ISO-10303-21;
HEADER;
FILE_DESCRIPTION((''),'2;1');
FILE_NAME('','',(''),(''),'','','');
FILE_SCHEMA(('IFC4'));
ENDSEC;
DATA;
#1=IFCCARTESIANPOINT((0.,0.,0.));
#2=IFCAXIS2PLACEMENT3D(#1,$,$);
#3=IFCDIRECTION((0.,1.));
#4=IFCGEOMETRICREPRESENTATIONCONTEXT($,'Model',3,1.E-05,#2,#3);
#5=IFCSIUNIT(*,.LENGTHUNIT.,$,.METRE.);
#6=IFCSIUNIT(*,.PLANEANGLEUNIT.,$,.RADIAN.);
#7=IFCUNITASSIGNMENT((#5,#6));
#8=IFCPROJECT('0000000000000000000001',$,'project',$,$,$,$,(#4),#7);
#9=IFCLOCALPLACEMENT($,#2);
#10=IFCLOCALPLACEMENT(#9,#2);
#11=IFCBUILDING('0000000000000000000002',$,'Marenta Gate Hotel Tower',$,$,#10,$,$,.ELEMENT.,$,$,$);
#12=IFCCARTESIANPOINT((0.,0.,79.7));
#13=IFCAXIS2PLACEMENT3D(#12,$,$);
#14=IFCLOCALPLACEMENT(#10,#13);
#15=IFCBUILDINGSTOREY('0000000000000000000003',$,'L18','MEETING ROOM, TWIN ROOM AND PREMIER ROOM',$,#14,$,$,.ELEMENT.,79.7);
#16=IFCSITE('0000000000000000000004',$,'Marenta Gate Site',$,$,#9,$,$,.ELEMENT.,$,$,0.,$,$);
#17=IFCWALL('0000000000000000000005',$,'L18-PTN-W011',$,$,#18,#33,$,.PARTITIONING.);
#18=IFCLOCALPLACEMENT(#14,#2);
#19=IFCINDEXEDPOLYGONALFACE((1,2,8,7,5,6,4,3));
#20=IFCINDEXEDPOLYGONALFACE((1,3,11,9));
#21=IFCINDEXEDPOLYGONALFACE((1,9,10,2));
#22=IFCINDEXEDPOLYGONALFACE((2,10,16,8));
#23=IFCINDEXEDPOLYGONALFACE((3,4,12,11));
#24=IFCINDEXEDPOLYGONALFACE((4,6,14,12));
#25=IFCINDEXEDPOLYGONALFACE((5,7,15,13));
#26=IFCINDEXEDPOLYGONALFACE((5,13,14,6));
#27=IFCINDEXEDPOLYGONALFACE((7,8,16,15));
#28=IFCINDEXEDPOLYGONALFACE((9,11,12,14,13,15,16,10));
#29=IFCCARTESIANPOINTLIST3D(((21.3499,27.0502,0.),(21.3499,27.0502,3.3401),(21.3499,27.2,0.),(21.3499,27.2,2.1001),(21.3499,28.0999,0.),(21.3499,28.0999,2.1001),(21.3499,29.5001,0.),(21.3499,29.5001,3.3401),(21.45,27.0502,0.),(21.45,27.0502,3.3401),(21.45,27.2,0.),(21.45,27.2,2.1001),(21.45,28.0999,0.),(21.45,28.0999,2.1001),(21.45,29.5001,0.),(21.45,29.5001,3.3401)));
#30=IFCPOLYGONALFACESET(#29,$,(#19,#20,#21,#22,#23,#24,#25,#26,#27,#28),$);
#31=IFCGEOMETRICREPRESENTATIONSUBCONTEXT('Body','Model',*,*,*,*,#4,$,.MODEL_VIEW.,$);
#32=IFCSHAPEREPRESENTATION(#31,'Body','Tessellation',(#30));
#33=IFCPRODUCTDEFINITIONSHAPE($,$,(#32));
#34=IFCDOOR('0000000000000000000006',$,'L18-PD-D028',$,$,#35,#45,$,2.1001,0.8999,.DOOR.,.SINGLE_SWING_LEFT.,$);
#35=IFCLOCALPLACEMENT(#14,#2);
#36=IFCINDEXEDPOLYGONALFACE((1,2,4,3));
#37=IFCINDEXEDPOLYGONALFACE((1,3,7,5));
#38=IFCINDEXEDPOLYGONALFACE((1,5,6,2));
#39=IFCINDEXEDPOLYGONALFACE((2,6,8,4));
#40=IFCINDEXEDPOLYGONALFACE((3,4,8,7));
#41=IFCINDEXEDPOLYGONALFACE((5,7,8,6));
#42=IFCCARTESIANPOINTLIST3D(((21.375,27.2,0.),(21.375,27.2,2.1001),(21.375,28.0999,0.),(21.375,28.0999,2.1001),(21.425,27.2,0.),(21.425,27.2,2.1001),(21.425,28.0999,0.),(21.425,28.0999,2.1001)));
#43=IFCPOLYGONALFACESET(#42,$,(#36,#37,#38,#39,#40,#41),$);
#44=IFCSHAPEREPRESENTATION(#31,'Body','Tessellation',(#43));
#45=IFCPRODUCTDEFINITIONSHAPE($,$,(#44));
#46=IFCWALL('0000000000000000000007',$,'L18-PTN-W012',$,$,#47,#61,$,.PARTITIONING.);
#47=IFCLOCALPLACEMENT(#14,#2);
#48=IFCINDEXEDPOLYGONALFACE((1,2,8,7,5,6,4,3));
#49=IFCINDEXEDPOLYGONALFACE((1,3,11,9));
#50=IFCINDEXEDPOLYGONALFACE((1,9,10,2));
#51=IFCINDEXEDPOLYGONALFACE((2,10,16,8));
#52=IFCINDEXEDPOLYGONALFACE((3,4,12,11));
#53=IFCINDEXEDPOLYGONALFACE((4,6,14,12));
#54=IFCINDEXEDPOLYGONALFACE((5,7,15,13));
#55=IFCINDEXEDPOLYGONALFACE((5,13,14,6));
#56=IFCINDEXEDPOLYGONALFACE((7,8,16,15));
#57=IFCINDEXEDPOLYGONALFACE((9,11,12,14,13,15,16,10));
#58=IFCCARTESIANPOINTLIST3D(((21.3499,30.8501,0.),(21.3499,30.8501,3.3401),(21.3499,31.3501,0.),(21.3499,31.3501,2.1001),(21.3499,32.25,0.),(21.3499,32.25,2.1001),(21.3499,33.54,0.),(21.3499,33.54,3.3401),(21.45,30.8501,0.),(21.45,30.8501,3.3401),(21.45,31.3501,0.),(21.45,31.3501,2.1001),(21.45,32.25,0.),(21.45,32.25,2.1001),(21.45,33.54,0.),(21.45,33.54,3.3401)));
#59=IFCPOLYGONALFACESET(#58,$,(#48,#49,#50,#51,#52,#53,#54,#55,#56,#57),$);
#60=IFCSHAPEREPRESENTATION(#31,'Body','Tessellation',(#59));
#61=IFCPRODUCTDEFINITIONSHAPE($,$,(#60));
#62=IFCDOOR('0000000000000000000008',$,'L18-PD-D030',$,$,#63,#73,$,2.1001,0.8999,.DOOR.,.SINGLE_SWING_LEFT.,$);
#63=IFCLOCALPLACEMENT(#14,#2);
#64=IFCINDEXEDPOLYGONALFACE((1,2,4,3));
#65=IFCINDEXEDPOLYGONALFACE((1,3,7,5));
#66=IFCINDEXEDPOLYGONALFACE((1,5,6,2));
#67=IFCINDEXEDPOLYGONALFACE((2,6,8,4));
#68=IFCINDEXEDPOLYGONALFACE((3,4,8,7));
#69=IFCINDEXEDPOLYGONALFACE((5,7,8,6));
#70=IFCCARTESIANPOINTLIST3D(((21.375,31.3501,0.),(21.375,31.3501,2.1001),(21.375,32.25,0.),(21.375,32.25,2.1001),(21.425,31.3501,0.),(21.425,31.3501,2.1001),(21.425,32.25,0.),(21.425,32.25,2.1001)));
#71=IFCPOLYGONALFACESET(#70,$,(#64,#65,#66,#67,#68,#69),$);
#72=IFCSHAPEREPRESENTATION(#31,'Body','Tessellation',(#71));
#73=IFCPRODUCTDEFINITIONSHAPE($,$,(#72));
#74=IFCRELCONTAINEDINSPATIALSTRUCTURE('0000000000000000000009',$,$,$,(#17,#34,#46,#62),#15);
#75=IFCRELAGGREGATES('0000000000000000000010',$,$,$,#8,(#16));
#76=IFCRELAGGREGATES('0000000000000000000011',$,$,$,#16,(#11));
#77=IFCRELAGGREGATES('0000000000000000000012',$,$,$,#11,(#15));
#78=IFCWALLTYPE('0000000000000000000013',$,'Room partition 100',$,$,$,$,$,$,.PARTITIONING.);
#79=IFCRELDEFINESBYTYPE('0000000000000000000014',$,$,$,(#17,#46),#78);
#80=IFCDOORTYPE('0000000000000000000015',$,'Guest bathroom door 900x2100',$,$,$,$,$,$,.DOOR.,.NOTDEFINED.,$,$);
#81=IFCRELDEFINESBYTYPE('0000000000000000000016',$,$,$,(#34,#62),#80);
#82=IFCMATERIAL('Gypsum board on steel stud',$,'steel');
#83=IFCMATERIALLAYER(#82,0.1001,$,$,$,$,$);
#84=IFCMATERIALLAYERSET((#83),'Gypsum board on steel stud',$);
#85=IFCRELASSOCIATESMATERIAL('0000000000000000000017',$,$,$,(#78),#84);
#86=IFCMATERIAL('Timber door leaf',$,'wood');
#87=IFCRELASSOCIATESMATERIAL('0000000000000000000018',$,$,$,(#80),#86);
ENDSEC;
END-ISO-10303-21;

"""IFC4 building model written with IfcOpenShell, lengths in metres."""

from ifc_helpers import new_model, si_unit, direction, frame, frame_2d, origin, place, context, subcontext, project, spatial, rectangle, extrude, material, layer, layer_set, type_object, element, fill, save


model = new_model("IFC4")

# Units and contexts
model_context = context("Model", 3, precision=1e-05, world=origin(), true_north=direction((0.0, 1.0)))
body_context = subcontext(model_context, "Body", "Model", "MODEL_VIEW")
ifc_project = project(units=[si_unit("LENGTHUNIT", "METRE"), si_unit("PLANEANGLEUNIT", "RADIAN")], contexts=[model_context])

# Site, building, storey
site_placement = place(None, origin())
site = spatial("IfcSite", under=ifc_project, at=site_placement, Name="Marenta Gate Site", CompositionType="ELEMENT", RefElevation=0.0)
building_placement = place(site_placement, origin())
building = spatial("IfcBuilding", under=site, at=building_placement, Name="Marenta Gate Hotel Tower", CompositionType="ELEMENT")
storey_placement = place(building_placement, frame((0.0, 0.0, 79.7)))
storey = spatial("IfcBuildingStorey", under=building, at=storey_placement, Name="L18", Description="MEETING ROOM, TWIN ROOM AND PREMIER ROOM", CompositionType="ELEMENT", Elevation=79.7)

# Walls, openings, doors
ifc_material_1 = material(Name="Gypsum board on steel stud", Category="steel")
ifc_layer_1 = layer(ifc_material_1, 0.1001)
ifc_layer_set_1 = layer_set([ifc_layer_1], Name="Gypsum board on steel stud")
wall_type = type_object("IfcWallType", Name="Room partition 100", PredefinedType="PARTITIONING", material=ifc_layer_set_1)
ifc_material_2 = material(Name="Timber door leaf", Category="wood")
door_type = type_object("IfcDoorType", Name="Guest bathroom door 900x2100", OperationType="NOTDEFINED", PredefinedType="DOOR", material=ifc_material_2)
wall_1_placement = place(storey_placement, frame((21.3999, 27.05, 0.0), z_axis=(0.0, 0.0, 1.0), x_axis=(0.0, 1.0, 0.0)))
wall_1 = element("IfcWall", 1, at=wall_1_placement, inside=storey, type_object=wall_type, Name="L18-PTN-W011", PredefinedType="PARTITIONING", context=body_context, shape_type="SweptSolid", body=[
    extrude(rectangle(XDim=2.45, YDim=0.1001, at=frame_2d((1.2251, 0.0))), origin(), (0.0, 0.0, 1.0), 3.3401),
])
opening_1_placement = place(wall_1_placement, frame((0.1499, 0.0, 0.0)))
opening_1 = element("IfcOpeningElement", 2, at=opening_1_placement, cuts=wall_1, PredefinedType="OPENING", context=body_context, shape_type="SweptSolid", body=[
    extrude(rectangle(XDim=0.8999, YDim=2.1001, at=frame_2d((0.45, 1.05))), frame((0.0, 0.05, 0.0), z_axis=(0.0, -1.0, 0.0), x_axis=(1.0, 0.0, 0.0)), (0.0, 0.0, 1.0), 0.1001),
])
door_1_placement = place(opening_1_placement, origin())
door_1 = element("IfcDoor", 3, at=door_1_placement, inside=storey, type_object=door_type, Name="L18-PD-D028", OperationType="SINGLE_SWING_LEFT", OverallHeight=2.1001, OverallWidth=0.8999, PredefinedType="DOOR", context=body_context, shape_type="SweptSolid", body=[
    extrude(rectangle(XDim=0.8999, YDim=2.1001, at=frame_2d((0.45, 1.05))), frame((0.0, 0.0249, 0.0), z_axis=(0.0, -1.0, 0.0), x_axis=(1.0, 0.0, 0.0)), (0.0, 0.0, 1.0), 0.05),
])
fill(opening_1, door_1)
wall_2_placement = place(storey_placement, frame((21.3999, 30.8501, 0.0), z_axis=(0.0, 0.0, 1.0), x_axis=(0.0, 1.0, 0.0)))
wall_2 = element("IfcWall", 4, at=wall_2_placement, inside=storey, type_object=wall_type, Name="L18-PTN-W012", PredefinedType="PARTITIONING", context=body_context, shape_type="SweptSolid", body=[
    extrude(rectangle(XDim=2.6899, YDim=0.1001, at=frame_2d((1.345, 0.0))), origin(), (0.0, 0.0, 1.0), 3.3401),
])
opening_2_placement = place(wall_2_placement, frame((0.5, 0.0, 0.0)))
opening_2 = element("IfcOpeningElement", 5, at=opening_2_placement, cuts=wall_2, PredefinedType="OPENING", context=body_context, shape_type="SweptSolid", body=[
    extrude(rectangle(XDim=0.8999, YDim=2.1001, at=frame_2d((0.45, 1.05))), frame((0.0, 0.05, 0.0), z_axis=(0.0, -1.0, 0.0), x_axis=(1.0, 0.0, 0.0)), (0.0, 0.0, 1.0), 0.1001),
])
door_2_placement = place(opening_2_placement, origin())
door_2 = element("IfcDoor", 6, at=door_2_placement, inside=storey, type_object=door_type, Name="L18-PD-D030", OperationType="SINGLE_SWING_LEFT", OverallHeight=2.1001, OverallWidth=0.8999, PredefinedType="DOOR", context=body_context, shape_type="SweptSolid", body=[
    extrude(rectangle(XDim=0.8999, YDim=2.1001, at=frame_2d((0.45, 1.05))), frame((0.0, 0.0249, 0.0), z_axis=(0.0, -1.0, 0.0), x_axis=(1.0, 0.0, 0.0)), (0.0, 0.0, 1.0), 0.05),
])
fill(opening_2, door_2)

save(model, "model.ifc")
